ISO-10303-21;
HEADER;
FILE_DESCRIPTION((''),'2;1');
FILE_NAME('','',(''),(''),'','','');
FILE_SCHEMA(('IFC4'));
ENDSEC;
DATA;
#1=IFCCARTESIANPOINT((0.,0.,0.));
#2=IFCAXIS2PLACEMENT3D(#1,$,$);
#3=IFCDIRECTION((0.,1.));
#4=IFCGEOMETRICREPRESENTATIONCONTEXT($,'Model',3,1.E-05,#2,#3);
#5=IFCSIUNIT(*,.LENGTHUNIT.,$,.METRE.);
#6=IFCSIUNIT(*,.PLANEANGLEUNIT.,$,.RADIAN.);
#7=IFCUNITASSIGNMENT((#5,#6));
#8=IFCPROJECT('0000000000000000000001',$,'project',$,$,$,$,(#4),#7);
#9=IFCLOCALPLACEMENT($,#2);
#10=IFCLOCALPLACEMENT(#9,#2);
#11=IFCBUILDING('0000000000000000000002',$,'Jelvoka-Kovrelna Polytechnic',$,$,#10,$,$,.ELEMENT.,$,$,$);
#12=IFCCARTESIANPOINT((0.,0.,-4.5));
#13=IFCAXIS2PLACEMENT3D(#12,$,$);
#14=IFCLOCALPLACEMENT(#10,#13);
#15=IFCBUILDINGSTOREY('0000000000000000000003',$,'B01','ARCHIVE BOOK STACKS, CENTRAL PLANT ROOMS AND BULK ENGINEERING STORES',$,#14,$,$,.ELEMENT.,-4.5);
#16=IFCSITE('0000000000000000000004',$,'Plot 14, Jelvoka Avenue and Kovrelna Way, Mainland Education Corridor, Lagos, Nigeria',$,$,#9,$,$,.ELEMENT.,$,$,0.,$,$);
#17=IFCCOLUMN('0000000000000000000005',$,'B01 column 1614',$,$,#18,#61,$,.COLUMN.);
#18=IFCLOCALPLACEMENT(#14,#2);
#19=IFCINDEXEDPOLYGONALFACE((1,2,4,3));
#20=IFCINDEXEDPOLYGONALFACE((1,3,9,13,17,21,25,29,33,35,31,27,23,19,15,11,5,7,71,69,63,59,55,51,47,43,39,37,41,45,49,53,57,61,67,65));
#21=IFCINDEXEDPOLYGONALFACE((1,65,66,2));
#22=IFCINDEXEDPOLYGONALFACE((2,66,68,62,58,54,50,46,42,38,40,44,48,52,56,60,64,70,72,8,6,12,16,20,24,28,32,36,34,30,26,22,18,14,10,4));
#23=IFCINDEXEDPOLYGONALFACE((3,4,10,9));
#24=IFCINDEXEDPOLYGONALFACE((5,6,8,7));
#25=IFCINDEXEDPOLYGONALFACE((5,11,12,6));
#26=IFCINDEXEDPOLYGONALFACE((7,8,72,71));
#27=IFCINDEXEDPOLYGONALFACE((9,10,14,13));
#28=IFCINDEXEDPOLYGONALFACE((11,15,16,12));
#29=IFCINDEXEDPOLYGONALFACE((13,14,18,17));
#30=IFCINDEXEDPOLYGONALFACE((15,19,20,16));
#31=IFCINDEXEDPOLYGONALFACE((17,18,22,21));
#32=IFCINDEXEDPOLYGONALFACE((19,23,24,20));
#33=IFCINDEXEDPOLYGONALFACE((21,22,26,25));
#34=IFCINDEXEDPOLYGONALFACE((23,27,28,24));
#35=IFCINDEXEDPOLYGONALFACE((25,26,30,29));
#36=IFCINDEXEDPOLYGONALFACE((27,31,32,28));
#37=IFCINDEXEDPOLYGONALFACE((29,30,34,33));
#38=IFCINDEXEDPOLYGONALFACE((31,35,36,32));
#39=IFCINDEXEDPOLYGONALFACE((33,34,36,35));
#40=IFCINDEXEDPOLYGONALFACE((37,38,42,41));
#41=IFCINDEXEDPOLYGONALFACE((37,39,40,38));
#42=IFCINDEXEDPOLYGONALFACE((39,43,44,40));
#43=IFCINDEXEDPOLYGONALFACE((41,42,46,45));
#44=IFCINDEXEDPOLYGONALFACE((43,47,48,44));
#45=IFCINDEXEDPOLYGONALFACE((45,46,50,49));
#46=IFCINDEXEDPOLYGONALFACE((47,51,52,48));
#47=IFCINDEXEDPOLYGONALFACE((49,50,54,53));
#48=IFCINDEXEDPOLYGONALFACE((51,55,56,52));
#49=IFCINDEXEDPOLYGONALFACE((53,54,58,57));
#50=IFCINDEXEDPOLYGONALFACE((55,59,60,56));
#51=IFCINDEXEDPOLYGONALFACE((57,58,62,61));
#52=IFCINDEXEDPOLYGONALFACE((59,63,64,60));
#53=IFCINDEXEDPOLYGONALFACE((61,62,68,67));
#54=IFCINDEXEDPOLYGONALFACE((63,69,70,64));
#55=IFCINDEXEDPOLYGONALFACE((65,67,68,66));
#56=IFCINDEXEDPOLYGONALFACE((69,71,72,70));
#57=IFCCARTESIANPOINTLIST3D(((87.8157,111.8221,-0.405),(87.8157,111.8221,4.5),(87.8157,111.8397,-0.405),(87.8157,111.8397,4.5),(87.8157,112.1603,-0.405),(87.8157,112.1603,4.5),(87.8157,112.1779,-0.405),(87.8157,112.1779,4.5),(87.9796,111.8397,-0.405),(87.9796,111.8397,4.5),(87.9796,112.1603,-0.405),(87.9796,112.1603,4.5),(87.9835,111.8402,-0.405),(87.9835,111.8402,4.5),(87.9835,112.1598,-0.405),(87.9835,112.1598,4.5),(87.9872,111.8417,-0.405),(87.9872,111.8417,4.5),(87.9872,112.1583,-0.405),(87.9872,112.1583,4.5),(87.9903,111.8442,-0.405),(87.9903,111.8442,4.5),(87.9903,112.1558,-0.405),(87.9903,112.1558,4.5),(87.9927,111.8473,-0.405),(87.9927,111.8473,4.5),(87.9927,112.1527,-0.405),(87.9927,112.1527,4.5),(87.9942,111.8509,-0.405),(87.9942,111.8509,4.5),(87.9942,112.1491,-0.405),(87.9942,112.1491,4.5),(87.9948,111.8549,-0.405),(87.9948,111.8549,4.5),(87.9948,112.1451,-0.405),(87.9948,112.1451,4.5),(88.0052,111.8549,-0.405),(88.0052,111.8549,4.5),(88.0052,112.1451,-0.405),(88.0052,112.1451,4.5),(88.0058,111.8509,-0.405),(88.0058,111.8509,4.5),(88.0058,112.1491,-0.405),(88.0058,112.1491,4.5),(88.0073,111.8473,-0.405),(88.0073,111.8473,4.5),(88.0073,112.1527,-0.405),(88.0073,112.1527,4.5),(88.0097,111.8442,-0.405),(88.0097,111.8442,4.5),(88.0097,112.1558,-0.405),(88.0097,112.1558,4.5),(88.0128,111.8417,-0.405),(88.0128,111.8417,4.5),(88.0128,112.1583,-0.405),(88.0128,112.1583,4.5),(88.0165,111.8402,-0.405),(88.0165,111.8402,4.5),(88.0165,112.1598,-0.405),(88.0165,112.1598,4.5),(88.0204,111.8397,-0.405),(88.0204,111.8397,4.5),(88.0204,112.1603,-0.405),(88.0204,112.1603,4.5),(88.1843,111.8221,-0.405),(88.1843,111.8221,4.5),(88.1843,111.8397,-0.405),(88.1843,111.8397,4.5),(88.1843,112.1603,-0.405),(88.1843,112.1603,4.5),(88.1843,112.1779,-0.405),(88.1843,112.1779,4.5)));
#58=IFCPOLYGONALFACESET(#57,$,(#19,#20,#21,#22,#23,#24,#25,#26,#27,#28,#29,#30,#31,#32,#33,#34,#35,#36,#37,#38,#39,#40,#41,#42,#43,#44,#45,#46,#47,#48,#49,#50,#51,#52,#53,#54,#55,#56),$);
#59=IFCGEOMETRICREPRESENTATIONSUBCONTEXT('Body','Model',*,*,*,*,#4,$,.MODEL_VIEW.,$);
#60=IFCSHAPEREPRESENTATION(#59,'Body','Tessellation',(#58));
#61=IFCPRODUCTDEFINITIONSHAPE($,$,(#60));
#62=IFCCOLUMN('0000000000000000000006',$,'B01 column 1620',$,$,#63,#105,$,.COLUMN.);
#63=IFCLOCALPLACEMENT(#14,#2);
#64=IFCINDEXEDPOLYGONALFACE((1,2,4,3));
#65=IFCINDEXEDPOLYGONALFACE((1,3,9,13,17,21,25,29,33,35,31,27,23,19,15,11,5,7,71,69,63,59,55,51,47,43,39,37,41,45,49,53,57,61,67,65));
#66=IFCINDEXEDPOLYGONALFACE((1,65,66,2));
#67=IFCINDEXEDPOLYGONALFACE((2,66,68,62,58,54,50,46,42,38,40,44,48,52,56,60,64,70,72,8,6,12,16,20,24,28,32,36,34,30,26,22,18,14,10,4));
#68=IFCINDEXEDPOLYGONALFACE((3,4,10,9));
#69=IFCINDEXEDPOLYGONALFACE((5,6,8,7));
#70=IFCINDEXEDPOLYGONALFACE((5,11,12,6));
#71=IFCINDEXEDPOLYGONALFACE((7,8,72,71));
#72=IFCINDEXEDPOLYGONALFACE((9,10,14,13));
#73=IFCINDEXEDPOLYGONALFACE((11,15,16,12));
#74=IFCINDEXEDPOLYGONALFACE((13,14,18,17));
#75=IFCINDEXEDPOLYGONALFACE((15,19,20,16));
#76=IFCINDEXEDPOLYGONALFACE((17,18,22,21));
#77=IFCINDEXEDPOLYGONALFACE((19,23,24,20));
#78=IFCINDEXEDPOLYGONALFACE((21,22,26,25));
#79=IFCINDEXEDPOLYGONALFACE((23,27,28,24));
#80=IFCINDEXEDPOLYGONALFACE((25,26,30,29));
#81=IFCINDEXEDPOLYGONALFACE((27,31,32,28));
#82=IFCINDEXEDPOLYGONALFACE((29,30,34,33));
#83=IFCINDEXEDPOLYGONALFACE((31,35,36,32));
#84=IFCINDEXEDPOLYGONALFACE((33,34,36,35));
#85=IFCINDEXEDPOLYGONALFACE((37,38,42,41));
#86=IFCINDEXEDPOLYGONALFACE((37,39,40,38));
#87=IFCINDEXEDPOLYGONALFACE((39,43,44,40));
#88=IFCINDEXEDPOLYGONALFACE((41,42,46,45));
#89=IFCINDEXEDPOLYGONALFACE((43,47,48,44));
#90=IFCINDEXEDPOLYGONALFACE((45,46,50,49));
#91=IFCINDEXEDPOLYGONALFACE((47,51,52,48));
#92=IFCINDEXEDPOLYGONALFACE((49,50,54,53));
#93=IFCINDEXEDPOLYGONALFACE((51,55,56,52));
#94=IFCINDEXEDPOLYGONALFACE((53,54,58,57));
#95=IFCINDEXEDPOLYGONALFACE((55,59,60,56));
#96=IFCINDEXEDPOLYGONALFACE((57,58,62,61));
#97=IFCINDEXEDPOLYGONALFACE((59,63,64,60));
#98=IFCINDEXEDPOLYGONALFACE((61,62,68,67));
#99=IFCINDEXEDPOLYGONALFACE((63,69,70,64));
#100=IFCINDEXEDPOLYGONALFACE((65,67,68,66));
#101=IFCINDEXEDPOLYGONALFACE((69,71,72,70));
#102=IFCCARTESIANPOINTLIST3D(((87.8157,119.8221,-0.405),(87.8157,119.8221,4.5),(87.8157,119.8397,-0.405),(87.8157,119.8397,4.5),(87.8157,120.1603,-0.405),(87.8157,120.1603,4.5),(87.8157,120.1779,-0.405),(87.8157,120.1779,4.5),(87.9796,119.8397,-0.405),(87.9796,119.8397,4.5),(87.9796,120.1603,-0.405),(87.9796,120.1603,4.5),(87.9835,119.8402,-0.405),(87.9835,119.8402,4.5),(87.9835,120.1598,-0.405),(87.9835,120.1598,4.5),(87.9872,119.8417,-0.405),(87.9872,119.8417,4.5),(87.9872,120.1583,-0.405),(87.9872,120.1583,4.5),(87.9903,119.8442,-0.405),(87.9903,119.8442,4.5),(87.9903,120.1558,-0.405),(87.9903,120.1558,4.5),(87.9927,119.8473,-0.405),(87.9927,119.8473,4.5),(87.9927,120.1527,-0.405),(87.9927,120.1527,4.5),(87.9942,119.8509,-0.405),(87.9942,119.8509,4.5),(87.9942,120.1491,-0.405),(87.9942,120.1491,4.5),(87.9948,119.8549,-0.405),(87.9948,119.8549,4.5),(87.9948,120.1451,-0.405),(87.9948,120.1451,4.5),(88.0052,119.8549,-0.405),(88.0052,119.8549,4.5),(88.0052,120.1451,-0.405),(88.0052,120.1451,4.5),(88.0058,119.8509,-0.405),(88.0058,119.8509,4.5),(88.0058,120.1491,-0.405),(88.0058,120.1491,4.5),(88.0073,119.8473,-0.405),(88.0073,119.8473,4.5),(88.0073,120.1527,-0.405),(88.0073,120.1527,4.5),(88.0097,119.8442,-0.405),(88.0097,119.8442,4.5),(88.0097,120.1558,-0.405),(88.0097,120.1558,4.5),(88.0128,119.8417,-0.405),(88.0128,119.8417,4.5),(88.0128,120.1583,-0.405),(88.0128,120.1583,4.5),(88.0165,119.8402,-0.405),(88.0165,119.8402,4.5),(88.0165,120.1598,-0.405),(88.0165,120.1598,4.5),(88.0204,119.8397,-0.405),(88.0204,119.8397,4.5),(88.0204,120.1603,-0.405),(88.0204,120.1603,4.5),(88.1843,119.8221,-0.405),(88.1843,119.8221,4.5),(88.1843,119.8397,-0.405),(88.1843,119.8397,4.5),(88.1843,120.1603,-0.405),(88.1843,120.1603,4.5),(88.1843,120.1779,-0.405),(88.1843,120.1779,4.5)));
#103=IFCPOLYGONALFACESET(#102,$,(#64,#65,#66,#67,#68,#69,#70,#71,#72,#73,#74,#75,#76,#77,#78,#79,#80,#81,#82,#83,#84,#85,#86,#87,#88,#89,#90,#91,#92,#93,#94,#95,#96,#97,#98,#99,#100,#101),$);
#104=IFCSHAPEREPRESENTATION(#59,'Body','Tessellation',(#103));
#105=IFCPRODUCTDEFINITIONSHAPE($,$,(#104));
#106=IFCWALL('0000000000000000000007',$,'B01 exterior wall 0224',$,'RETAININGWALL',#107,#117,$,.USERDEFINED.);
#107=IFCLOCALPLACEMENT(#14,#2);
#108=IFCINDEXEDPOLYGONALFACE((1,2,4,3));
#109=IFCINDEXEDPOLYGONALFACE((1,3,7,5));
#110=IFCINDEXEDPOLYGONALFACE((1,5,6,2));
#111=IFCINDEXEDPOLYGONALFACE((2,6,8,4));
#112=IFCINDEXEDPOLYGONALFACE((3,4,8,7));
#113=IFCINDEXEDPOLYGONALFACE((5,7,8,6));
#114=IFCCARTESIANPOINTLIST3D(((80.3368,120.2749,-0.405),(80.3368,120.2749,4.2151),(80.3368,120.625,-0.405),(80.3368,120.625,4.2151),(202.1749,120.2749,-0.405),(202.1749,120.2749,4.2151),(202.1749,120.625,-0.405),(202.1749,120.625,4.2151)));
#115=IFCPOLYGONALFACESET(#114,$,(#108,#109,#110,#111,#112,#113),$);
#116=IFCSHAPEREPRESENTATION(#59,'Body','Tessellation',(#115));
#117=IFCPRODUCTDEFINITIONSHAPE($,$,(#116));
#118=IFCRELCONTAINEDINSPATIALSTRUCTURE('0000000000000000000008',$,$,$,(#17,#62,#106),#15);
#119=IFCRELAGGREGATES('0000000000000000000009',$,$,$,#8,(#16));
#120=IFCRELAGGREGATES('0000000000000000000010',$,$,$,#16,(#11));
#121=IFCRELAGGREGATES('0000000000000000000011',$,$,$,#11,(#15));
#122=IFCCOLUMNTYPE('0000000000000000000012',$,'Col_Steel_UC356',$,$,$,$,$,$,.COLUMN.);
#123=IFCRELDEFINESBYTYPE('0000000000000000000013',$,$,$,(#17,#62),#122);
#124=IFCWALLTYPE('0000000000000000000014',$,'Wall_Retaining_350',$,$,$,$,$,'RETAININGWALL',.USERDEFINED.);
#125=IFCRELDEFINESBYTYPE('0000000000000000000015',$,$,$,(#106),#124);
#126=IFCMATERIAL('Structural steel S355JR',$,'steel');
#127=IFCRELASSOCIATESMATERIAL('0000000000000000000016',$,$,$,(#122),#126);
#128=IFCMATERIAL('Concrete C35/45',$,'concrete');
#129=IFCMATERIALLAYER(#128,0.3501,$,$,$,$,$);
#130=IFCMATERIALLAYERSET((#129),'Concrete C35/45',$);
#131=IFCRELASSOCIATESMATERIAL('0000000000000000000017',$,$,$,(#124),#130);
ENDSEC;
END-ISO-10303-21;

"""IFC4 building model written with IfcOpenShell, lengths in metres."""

from ifc_helpers import new_model, si_unit, direction, frame, frame_2d, origin, origin_2d, place, context, subcontext, project, spatial, rectangle, i_section, extrude, material, layer, layer_set, material_profile, profile_set, type_object, element, save


model = new_model("IFC4")

# Units and contexts
model_context = context("Model", 3, precision=1e-05, world=origin(), true_north=direction((0.0, 1.0)))
body_context = subcontext(model_context, "Body", "Model", "MODEL_VIEW")
ifc_project = project(units=[si_unit("LENGTHUNIT", "METRE"), si_unit("PLANEANGLEUNIT", "RADIAN")], contexts=[model_context])

# Site, building, storey
site_placement = place(None, origin())
site = spatial("IfcSite", under=ifc_project, at=site_placement, Name="Plot 14, Jelvoka Avenue and Kovrelna Way, Mainland Education Corridor, Lagos, Nigeria", CompositionType="ELEMENT", RefElevation=0.0)
building_placement = place(site_placement, origin())
building = spatial("IfcBuilding", under=site, at=building_placement, Name="Jelvoka-Kovrelna Polytechnic", CompositionType="ELEMENT")
storey_placement = place(building_placement, frame((0.0, 0.0, -4.5)))
storey = spatial("IfcBuildingStorey", under=building, at=storey_placement, Name="B01", Description="ARCHIVE BOOK STACKS, CENTRAL PLANT ROOMS AND BULK ENGINEERING STORES", CompositionType="ELEMENT", Elevation=-4.5)

# Columns
ifc_material_1 = material(Name="Structural steel S355JR", Category="steel")
ifc_material_profile_1 = material_profile(ifc_material_1, i_section(OverallWidth=0.3687, OverallDepth=0.3557, WebThickness=0.0105, FlangeThickness=0.0176, FilletRadius=0.0151, at=origin_2d()), Name="356x368x129 UC")
ifc_profile_set_1 = profile_set([ifc_material_profile_1], Name="Structural steel S355JR")
column_type_1 = type_object("IfcColumnType", Name="Col_Steel_UC356", PredefinedType="COLUMN", material=ifc_profile_set_1)
for number, where, z_axis, x_axis, name in (
    (1, (88.0, 112.0, -0.405), (0.0, 0.0, 1.0), (1.0, 0.0, 0.0), "B01 column 1614"),
    (2, (88.0, 120.0, -0.405), (0.0, 0.0, 1.0), (1.0, 0.0, 0.0), "B01 column 1620"),
):
    element("IfcColumn", number, at=place(storey_placement, frame(where, z_axis=z_axis, x_axis=x_axis)), inside=storey, type_object=column_type_1, Name=name, PredefinedType="COLUMN", context=body_context, shape_type="SweptSolid", body=[
        extrude(i_section(OverallWidth=0.3687, OverallDepth=0.3557, WebThickness=0.0105, FlangeThickness=0.0176, FilletRadius=0.0151, at=origin_2d()), origin(), (0.0, 0.0, 1.0), 4.905),
    ])

# Wall
ifc_material_2 = material(Name="Concrete C35/45", Category="concrete")
ifc_layer = layer(ifc_material_2, 0.3501)
ifc_layer_set = layer_set([ifc_layer], Name="Concrete C35/45")
wall_type = type_object("IfcWallType", Name="Wall_Retaining_350", ElementType="RETAININGWALL", PredefinedType="USERDEFINED", material=ifc_layer_set)
wall_placement = place(storey_placement, frame((80.3369, 120.45, -0.405), z_axis=(0.0, 0.0, 1.0), x_axis=(1.0, 0.0, 0.0)))
element("IfcWall", 3, at=wall_placement, inside=storey, type_object=wall_type, Name="B01 exterior wall 0224", ObjectType="RETAININGWALL", PredefinedType="USERDEFINED", context=body_context, shape_type="SweptSolid", body=[
    extrude(rectangle(XDim=121.8381, YDim=0.3501, at=frame_2d((60.9189, 0.0))), origin(), (0.0, 0.0, 1.0), 4.6201),
])

save(model, "model.ifc")
